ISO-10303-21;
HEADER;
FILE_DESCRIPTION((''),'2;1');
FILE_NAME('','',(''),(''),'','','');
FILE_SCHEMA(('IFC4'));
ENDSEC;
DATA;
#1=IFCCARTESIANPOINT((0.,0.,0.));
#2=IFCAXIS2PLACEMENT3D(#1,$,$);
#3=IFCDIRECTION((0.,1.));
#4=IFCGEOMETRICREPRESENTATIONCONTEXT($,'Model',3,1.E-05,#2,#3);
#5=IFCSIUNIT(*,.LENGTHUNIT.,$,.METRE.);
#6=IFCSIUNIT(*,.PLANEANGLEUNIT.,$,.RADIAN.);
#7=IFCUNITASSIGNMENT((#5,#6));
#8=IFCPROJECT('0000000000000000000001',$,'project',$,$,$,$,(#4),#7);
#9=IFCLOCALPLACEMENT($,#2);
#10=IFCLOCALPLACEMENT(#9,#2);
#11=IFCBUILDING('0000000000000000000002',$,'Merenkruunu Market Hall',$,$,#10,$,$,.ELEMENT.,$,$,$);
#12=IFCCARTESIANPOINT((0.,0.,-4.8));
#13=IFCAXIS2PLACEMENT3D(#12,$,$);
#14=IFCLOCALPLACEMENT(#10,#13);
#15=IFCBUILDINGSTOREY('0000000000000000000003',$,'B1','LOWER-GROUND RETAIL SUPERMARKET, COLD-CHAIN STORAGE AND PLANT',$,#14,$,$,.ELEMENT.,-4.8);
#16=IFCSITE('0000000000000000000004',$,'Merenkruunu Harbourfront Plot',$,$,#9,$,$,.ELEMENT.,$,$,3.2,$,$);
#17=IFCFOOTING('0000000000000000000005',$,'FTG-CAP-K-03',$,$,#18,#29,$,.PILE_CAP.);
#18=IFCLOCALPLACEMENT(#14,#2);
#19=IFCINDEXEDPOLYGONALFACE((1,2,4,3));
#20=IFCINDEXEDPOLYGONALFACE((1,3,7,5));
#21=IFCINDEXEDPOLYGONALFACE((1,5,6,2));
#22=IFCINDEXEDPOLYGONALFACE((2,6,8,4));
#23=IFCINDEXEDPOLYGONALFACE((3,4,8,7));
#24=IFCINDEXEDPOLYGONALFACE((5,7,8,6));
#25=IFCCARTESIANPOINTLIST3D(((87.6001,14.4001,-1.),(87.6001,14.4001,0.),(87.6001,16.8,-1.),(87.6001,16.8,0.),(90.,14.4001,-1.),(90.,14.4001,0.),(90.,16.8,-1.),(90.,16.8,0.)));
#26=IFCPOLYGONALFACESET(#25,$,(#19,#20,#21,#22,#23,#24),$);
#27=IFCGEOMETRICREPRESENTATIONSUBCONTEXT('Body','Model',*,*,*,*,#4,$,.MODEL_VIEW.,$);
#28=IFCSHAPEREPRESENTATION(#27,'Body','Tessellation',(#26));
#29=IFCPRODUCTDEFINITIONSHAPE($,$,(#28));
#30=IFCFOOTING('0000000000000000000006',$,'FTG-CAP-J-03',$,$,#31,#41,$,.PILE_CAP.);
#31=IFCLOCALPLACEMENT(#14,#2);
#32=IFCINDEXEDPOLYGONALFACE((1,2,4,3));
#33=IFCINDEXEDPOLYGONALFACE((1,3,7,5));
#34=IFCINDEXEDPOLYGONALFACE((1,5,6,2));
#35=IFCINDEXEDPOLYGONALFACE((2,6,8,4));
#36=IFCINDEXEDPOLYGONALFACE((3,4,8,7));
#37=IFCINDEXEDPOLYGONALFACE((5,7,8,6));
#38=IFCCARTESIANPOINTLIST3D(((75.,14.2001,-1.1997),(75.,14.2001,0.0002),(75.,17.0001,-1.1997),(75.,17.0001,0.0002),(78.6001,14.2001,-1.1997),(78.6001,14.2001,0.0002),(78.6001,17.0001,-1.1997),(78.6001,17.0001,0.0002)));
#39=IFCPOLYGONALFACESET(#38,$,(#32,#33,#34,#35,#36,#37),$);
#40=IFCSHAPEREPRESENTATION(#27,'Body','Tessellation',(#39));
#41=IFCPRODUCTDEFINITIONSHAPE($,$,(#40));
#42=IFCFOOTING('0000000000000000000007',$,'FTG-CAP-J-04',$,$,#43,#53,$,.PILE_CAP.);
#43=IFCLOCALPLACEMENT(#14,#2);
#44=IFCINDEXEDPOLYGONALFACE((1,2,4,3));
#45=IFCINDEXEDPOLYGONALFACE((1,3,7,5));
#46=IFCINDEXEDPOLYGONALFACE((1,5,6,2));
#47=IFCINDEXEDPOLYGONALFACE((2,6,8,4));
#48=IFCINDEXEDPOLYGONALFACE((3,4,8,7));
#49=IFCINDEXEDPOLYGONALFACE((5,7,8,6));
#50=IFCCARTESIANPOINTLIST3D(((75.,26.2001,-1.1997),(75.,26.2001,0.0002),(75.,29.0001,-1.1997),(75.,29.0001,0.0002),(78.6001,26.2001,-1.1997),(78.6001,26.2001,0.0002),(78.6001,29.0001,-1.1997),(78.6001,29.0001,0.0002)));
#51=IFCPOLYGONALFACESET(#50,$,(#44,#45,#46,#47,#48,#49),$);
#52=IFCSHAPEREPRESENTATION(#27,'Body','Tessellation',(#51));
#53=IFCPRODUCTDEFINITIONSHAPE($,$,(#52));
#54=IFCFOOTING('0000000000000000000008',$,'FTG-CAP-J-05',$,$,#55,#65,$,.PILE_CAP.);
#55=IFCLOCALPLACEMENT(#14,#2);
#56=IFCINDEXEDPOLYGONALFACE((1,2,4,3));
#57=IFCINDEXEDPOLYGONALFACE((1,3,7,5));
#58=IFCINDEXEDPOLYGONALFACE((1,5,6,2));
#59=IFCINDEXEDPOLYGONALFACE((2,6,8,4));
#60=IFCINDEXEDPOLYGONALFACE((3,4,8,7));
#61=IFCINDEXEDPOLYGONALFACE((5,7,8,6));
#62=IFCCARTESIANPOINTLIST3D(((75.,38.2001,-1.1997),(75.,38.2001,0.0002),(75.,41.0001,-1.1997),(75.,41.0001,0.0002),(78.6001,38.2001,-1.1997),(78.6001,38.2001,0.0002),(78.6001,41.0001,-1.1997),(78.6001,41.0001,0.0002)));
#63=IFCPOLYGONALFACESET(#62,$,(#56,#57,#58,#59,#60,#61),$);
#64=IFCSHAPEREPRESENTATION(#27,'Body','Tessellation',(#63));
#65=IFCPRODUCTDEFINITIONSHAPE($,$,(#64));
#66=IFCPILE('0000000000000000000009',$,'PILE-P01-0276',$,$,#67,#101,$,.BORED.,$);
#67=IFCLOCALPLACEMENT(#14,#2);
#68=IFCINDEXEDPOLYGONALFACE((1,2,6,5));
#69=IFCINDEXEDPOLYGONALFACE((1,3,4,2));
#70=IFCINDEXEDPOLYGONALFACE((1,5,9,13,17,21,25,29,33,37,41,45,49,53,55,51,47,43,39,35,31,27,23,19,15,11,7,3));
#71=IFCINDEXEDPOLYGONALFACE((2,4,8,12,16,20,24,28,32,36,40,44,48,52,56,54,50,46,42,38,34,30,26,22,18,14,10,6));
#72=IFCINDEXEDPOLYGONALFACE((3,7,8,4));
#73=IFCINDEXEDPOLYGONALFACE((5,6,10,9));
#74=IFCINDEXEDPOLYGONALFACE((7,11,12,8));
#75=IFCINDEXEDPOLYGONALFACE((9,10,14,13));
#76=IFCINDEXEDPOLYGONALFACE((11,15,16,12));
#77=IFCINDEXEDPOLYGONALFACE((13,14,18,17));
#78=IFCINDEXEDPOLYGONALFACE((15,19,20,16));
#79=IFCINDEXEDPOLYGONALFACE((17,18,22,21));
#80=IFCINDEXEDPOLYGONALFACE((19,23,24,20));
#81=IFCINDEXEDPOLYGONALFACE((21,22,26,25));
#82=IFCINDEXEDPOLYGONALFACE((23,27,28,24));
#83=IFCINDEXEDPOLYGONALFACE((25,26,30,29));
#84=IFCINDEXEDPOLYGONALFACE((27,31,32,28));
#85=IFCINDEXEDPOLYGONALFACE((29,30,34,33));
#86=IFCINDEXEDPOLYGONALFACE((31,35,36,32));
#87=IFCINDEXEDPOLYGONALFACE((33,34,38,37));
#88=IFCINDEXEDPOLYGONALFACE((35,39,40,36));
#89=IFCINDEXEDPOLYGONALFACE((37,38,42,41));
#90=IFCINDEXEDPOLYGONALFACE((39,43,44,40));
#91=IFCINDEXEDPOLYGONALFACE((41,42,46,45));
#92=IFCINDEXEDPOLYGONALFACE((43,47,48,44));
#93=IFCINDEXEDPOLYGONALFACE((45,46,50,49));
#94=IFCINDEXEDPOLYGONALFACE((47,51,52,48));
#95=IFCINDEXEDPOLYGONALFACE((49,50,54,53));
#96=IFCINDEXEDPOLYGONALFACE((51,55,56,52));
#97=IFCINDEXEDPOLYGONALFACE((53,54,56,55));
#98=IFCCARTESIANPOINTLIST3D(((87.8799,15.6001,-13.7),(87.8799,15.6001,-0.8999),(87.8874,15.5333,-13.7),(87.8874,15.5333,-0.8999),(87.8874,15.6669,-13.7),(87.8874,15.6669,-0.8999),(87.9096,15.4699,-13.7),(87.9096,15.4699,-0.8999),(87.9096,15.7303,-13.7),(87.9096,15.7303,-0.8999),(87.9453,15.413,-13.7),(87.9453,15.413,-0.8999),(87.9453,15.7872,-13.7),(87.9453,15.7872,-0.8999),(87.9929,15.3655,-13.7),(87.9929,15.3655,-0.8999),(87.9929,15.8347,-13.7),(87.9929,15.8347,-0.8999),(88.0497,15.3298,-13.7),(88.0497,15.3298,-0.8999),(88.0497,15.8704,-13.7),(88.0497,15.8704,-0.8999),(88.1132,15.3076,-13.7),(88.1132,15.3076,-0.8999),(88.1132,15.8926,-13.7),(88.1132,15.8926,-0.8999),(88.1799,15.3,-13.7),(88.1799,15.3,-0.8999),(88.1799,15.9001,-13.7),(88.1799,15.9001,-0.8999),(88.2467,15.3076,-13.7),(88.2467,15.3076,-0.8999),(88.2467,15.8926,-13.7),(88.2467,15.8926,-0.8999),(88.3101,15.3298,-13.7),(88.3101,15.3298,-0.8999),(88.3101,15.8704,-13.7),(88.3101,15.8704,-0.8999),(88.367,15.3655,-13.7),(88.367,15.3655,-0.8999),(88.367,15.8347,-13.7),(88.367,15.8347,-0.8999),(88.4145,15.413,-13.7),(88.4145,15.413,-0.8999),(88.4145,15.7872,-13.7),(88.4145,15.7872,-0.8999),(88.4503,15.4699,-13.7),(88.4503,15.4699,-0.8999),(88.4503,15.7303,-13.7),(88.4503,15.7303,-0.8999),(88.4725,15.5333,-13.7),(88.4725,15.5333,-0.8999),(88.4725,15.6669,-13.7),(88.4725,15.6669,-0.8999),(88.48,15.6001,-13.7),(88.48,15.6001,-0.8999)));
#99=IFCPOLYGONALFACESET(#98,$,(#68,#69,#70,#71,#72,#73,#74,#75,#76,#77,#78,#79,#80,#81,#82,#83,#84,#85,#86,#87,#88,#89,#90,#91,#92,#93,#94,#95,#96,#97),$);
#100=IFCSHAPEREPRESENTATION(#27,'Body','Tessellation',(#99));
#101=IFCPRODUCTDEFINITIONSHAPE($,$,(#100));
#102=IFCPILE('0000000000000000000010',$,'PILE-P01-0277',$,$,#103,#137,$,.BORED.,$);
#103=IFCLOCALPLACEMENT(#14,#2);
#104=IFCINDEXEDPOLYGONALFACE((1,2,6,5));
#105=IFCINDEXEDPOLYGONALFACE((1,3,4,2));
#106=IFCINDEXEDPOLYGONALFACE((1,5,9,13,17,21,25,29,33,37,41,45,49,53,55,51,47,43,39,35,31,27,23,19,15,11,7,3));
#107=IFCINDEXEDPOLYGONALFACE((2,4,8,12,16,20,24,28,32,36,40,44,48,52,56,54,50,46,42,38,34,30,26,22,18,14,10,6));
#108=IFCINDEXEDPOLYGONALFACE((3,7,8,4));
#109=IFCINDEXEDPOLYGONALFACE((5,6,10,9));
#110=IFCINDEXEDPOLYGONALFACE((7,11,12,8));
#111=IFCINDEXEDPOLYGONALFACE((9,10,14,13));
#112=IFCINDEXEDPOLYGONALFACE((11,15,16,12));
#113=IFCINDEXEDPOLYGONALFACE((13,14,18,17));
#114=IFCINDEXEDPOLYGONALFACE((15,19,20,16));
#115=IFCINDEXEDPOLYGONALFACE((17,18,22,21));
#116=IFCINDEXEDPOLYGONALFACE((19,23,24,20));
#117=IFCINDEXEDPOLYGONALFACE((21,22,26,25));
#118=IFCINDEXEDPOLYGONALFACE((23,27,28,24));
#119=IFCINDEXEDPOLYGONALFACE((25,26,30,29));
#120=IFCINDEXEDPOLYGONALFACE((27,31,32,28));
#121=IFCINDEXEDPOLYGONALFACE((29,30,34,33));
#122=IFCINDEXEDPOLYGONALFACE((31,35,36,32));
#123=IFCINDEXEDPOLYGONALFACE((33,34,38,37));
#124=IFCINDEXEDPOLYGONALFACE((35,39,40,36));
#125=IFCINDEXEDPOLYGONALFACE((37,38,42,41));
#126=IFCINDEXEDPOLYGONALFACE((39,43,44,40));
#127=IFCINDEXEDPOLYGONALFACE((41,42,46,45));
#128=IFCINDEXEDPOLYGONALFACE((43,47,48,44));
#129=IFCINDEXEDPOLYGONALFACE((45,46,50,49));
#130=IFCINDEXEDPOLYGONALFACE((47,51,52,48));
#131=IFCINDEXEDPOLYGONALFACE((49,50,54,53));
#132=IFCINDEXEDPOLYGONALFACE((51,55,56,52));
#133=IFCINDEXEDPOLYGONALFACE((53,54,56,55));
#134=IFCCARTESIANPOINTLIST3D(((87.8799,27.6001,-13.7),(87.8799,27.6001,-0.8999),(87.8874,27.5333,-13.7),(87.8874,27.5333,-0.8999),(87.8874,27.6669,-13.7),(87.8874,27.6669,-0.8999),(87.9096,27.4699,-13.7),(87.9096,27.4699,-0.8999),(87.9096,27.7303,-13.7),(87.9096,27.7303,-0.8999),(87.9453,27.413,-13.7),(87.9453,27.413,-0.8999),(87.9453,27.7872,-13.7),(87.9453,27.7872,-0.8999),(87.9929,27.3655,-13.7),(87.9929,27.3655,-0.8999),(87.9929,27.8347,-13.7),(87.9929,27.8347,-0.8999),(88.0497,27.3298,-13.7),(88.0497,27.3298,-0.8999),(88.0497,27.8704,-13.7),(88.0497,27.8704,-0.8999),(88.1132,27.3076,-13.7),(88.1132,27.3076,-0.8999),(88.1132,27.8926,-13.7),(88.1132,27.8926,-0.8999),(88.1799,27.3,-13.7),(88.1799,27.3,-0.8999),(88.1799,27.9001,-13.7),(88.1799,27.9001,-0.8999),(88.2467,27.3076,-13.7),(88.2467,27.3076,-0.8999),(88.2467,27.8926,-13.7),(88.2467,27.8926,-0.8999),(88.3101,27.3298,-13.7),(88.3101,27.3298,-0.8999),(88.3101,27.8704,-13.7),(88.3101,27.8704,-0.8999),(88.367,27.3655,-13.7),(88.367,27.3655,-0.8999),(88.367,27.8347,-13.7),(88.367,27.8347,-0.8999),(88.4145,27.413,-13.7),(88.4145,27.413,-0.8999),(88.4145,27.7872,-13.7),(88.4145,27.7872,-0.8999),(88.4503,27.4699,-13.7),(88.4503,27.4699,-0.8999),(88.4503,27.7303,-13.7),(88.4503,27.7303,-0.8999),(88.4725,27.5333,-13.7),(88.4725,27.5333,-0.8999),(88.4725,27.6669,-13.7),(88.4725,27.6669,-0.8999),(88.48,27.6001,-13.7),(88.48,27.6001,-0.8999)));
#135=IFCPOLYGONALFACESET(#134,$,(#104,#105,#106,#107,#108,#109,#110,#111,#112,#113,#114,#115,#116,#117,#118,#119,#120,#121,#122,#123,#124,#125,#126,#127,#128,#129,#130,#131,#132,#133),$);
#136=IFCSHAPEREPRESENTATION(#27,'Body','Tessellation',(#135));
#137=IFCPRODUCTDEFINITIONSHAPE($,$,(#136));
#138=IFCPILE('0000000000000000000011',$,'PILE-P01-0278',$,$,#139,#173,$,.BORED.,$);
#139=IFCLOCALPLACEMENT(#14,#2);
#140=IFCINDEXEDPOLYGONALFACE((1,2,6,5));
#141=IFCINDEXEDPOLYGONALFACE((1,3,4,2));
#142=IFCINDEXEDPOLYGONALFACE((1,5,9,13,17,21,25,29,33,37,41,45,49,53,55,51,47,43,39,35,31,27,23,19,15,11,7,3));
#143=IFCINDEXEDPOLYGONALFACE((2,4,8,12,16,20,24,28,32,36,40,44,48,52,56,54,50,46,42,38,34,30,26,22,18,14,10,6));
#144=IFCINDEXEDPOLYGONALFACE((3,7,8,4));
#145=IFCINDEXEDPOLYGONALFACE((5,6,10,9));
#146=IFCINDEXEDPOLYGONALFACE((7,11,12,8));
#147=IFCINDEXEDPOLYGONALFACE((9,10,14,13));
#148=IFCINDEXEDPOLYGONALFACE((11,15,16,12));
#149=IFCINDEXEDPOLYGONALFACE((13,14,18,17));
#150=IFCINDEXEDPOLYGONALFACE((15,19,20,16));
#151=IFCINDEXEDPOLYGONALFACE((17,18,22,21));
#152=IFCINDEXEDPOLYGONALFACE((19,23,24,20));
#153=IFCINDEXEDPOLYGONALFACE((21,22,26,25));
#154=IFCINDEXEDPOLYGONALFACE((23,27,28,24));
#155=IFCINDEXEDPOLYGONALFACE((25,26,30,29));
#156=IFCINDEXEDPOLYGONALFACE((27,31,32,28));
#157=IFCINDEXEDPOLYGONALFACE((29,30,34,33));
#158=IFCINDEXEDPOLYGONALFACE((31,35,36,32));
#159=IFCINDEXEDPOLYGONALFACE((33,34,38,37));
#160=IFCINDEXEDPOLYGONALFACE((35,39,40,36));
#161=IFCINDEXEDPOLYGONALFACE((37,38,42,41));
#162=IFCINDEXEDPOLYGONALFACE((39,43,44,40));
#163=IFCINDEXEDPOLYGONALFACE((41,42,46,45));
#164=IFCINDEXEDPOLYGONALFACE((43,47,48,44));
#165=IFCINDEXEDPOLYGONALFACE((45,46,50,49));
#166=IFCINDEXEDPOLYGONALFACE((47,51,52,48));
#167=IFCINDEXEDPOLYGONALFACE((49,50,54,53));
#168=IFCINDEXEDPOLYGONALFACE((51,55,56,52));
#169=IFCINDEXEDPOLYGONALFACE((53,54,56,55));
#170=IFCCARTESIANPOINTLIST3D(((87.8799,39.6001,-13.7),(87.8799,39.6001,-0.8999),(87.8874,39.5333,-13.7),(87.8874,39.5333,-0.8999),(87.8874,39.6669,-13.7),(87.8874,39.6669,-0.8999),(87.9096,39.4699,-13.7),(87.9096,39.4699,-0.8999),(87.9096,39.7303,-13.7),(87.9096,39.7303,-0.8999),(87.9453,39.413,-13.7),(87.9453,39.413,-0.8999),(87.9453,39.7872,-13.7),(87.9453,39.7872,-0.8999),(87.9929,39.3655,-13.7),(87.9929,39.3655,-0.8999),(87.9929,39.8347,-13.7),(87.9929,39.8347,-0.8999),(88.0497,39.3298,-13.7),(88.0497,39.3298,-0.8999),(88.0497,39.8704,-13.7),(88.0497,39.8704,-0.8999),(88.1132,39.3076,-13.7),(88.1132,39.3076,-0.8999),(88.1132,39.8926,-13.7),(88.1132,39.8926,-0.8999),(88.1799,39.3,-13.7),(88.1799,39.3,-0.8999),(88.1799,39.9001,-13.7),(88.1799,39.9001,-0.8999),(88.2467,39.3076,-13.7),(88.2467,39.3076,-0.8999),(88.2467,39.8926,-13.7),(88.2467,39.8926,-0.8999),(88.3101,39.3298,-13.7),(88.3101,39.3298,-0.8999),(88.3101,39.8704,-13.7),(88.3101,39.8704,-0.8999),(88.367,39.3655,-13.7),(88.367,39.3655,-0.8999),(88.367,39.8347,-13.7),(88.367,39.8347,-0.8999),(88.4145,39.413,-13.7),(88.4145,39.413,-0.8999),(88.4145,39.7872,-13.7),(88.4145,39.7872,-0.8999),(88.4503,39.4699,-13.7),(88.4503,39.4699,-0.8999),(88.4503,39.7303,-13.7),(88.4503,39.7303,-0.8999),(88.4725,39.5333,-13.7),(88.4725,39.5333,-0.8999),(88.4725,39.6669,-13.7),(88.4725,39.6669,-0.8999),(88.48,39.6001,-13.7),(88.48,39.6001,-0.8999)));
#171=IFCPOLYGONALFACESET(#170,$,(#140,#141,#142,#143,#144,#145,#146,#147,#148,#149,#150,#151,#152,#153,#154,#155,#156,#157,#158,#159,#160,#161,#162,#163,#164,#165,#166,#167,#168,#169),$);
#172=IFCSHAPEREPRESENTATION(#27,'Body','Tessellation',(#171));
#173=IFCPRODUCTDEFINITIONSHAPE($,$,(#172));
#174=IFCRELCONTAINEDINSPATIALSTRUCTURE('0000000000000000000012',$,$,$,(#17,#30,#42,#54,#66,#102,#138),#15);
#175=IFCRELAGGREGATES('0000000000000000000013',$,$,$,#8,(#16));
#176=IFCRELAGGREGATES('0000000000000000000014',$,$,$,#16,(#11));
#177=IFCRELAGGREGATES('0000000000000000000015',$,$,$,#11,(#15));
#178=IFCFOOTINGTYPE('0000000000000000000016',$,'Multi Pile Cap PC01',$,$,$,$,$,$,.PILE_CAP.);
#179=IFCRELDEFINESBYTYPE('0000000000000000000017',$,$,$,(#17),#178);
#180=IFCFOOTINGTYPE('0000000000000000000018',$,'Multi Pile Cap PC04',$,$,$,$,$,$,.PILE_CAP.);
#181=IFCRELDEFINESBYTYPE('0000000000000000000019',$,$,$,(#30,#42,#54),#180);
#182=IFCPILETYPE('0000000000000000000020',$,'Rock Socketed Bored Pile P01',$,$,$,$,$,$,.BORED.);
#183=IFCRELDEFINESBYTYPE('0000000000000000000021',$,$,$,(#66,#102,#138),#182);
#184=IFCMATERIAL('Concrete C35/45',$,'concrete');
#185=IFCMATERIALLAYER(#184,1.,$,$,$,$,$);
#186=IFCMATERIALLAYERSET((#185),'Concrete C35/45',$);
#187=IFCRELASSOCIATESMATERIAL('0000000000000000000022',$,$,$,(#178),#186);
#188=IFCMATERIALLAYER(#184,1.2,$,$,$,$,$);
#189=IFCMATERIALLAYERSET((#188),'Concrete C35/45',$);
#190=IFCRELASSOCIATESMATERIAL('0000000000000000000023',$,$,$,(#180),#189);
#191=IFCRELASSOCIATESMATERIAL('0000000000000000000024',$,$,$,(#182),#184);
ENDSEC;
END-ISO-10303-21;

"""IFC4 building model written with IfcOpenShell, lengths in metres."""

from ifc_helpers import new_model, si_unit, direction, frame, origin, origin_2d, place, context, subcontext, project, spatial, rectangle, circle, extrude, material, layer, layer_set, material_profile, profile_set, type_object, element, save


model = new_model("IFC4")

# Units and contexts
model_context = context("Model", 3, precision=1e-05, world=origin(), true_north=direction((0.0, 1.0)))
body_context = subcontext(model_context, "Body", "Model", "MODEL_VIEW")
ifc_project = project(units=[si_unit("LENGTHUNIT", "METRE"), si_unit("PLANEANGLEUNIT", "RADIAN")], contexts=[model_context])

# Site, building, storey
site_placement = place(None, origin())
site = spatial("IfcSite", under=ifc_project, at=site_placement, Name="Merenkruunu Harbourfront Plot", CompositionType="ELEMENT", RefElevation=3.2)
building_placement = place(site_placement, origin())
building = spatial("IfcBuilding", under=site, at=building_placement, Name="Merenkruunu Market Hall", CompositionType="ELEMENT")
storey_placement = place(building_placement, frame((0.0, 0.0, -4.8)))
storey = spatial("IfcBuildingStorey", under=building, at=storey_placement, Name="B1", Description="LOWER-GROUND RETAIL SUPERMARKET, COLD-CHAIN STORAGE AND PLANT", CompositionType="ELEMENT", Elevation=-4.8)

# Footings
ifc_material = material(Name="Concrete C35/45", Category="concrete")
ifc_layer_1 = layer(ifc_material, 1.0)
ifc_layer_set_1 = layer_set([ifc_layer_1], Name="Concrete C35/45")
footing_type_1 = type_object("IfcFootingType", Name="Multi Pile Cap PC01", PredefinedType="PILE_CAP", material=ifc_layer_set_1)
footing_1_placement = place(storey_placement, frame((88.8, 15.6001, -1.0), z_axis=(0.0, 0.0, 1.0), x_axis=(1.0, 0.0, 0.0)))
element("IfcFooting", 1, at=footing_1_placement, inside=storey, type_object=footing_type_1, Name="FTG-CAP-K-03", PredefinedType="PILE_CAP", context=body_context, shape_type="SweptSolid", body=[
    extrude(rectangle(XDim=2.3999, YDim=2.3999, at=origin_2d()), origin(), (0.0, 0.0, 1.0), 1.0),
])
ifc_layer_2 = layer(ifc_material, 1.2)
ifc_layer_set_2 = layer_set([ifc_layer_2], Name="Concrete C35/45")
footing_type_2 = type_object("IfcFootingType", Name="Multi Pile Cap PC04", PredefinedType="PILE_CAP", material=ifc_layer_set_2)
for number, where, z_axis, x_axis, name in (
    (2, (76.8, 15.6001, -1.1997), (0.0, 0.0, 1.0), (1.0, 0.0, 0.0), "FTG-CAP-J-03"),
    (3, (76.8, 27.6001, -1.1997), (0.0, 0.0, 1.0), (1.0, 0.0, 0.0), "FTG-CAP-J-04"),
    (4, (76.8, 39.6001, -1.1997), (0.0, 0.0, 1.0), (1.0, 0.0, 0.0), "FTG-CAP-J-05"),
):
    element("IfcFooting", number, at=place(storey_placement, frame(where, z_axis=z_axis, x_axis=x_axis)), inside=storey, type_object=footing_type_2, Name=name, PredefinedType="PILE_CAP", context=body_context, shape_type="SweptSolid", body=[
        extrude(rectangle(XDim=3.6001, YDim=2.8, at=origin_2d()), origin(), (0.0, 0.0, 1.0), 1.2),
    ])

# Piles
ifc_material_profile_1 = material_profile(ifc_material, circle(Radius=0.3, at=origin_2d()), Name="BORED PILE 600")
ifc_profile_set_1 = profile_set([ifc_material_profile_1], Name="Concrete C35/45")
pile_type_1 = type_object("IfcPileType", Name="Rock Socketed Bored Pile P01", PredefinedType="BORED", material=ifc_profile_set_1)
for number, where, z_axis, x_axis, name in (
    (5, (88.1799, 15.6001, -0.8999), (0.0, 0.0, -1.0), (1.0, 0.0, 0.0), "PILE-P01-0276"),
    (6, (88.1799, 27.6001, -0.8999), (0.0, 0.0, -1.0), (1.0, 0.0, 0.0), "PILE-P01-0277"),
    (7, (88.1799, 39.6001, -0.8999), (0.0, 0.0, -1.0), (1.0, 0.0, 0.0), "PILE-P01-0278"),
):
    element("IfcPile", number, at=place(storey_placement, frame(where, z_axis=z_axis, x_axis=x_axis)), inside=storey, type_object=pile_type_1, Name=name, PredefinedType="BORED", context=body_context, shape_type="SweptSolid", body=[
        extrude(circle(Radius=0.3, at=origin_2d()), origin(), (0.0, 0.0, 1.0), 12.8),
    ])

save(model, "model.ifc")
